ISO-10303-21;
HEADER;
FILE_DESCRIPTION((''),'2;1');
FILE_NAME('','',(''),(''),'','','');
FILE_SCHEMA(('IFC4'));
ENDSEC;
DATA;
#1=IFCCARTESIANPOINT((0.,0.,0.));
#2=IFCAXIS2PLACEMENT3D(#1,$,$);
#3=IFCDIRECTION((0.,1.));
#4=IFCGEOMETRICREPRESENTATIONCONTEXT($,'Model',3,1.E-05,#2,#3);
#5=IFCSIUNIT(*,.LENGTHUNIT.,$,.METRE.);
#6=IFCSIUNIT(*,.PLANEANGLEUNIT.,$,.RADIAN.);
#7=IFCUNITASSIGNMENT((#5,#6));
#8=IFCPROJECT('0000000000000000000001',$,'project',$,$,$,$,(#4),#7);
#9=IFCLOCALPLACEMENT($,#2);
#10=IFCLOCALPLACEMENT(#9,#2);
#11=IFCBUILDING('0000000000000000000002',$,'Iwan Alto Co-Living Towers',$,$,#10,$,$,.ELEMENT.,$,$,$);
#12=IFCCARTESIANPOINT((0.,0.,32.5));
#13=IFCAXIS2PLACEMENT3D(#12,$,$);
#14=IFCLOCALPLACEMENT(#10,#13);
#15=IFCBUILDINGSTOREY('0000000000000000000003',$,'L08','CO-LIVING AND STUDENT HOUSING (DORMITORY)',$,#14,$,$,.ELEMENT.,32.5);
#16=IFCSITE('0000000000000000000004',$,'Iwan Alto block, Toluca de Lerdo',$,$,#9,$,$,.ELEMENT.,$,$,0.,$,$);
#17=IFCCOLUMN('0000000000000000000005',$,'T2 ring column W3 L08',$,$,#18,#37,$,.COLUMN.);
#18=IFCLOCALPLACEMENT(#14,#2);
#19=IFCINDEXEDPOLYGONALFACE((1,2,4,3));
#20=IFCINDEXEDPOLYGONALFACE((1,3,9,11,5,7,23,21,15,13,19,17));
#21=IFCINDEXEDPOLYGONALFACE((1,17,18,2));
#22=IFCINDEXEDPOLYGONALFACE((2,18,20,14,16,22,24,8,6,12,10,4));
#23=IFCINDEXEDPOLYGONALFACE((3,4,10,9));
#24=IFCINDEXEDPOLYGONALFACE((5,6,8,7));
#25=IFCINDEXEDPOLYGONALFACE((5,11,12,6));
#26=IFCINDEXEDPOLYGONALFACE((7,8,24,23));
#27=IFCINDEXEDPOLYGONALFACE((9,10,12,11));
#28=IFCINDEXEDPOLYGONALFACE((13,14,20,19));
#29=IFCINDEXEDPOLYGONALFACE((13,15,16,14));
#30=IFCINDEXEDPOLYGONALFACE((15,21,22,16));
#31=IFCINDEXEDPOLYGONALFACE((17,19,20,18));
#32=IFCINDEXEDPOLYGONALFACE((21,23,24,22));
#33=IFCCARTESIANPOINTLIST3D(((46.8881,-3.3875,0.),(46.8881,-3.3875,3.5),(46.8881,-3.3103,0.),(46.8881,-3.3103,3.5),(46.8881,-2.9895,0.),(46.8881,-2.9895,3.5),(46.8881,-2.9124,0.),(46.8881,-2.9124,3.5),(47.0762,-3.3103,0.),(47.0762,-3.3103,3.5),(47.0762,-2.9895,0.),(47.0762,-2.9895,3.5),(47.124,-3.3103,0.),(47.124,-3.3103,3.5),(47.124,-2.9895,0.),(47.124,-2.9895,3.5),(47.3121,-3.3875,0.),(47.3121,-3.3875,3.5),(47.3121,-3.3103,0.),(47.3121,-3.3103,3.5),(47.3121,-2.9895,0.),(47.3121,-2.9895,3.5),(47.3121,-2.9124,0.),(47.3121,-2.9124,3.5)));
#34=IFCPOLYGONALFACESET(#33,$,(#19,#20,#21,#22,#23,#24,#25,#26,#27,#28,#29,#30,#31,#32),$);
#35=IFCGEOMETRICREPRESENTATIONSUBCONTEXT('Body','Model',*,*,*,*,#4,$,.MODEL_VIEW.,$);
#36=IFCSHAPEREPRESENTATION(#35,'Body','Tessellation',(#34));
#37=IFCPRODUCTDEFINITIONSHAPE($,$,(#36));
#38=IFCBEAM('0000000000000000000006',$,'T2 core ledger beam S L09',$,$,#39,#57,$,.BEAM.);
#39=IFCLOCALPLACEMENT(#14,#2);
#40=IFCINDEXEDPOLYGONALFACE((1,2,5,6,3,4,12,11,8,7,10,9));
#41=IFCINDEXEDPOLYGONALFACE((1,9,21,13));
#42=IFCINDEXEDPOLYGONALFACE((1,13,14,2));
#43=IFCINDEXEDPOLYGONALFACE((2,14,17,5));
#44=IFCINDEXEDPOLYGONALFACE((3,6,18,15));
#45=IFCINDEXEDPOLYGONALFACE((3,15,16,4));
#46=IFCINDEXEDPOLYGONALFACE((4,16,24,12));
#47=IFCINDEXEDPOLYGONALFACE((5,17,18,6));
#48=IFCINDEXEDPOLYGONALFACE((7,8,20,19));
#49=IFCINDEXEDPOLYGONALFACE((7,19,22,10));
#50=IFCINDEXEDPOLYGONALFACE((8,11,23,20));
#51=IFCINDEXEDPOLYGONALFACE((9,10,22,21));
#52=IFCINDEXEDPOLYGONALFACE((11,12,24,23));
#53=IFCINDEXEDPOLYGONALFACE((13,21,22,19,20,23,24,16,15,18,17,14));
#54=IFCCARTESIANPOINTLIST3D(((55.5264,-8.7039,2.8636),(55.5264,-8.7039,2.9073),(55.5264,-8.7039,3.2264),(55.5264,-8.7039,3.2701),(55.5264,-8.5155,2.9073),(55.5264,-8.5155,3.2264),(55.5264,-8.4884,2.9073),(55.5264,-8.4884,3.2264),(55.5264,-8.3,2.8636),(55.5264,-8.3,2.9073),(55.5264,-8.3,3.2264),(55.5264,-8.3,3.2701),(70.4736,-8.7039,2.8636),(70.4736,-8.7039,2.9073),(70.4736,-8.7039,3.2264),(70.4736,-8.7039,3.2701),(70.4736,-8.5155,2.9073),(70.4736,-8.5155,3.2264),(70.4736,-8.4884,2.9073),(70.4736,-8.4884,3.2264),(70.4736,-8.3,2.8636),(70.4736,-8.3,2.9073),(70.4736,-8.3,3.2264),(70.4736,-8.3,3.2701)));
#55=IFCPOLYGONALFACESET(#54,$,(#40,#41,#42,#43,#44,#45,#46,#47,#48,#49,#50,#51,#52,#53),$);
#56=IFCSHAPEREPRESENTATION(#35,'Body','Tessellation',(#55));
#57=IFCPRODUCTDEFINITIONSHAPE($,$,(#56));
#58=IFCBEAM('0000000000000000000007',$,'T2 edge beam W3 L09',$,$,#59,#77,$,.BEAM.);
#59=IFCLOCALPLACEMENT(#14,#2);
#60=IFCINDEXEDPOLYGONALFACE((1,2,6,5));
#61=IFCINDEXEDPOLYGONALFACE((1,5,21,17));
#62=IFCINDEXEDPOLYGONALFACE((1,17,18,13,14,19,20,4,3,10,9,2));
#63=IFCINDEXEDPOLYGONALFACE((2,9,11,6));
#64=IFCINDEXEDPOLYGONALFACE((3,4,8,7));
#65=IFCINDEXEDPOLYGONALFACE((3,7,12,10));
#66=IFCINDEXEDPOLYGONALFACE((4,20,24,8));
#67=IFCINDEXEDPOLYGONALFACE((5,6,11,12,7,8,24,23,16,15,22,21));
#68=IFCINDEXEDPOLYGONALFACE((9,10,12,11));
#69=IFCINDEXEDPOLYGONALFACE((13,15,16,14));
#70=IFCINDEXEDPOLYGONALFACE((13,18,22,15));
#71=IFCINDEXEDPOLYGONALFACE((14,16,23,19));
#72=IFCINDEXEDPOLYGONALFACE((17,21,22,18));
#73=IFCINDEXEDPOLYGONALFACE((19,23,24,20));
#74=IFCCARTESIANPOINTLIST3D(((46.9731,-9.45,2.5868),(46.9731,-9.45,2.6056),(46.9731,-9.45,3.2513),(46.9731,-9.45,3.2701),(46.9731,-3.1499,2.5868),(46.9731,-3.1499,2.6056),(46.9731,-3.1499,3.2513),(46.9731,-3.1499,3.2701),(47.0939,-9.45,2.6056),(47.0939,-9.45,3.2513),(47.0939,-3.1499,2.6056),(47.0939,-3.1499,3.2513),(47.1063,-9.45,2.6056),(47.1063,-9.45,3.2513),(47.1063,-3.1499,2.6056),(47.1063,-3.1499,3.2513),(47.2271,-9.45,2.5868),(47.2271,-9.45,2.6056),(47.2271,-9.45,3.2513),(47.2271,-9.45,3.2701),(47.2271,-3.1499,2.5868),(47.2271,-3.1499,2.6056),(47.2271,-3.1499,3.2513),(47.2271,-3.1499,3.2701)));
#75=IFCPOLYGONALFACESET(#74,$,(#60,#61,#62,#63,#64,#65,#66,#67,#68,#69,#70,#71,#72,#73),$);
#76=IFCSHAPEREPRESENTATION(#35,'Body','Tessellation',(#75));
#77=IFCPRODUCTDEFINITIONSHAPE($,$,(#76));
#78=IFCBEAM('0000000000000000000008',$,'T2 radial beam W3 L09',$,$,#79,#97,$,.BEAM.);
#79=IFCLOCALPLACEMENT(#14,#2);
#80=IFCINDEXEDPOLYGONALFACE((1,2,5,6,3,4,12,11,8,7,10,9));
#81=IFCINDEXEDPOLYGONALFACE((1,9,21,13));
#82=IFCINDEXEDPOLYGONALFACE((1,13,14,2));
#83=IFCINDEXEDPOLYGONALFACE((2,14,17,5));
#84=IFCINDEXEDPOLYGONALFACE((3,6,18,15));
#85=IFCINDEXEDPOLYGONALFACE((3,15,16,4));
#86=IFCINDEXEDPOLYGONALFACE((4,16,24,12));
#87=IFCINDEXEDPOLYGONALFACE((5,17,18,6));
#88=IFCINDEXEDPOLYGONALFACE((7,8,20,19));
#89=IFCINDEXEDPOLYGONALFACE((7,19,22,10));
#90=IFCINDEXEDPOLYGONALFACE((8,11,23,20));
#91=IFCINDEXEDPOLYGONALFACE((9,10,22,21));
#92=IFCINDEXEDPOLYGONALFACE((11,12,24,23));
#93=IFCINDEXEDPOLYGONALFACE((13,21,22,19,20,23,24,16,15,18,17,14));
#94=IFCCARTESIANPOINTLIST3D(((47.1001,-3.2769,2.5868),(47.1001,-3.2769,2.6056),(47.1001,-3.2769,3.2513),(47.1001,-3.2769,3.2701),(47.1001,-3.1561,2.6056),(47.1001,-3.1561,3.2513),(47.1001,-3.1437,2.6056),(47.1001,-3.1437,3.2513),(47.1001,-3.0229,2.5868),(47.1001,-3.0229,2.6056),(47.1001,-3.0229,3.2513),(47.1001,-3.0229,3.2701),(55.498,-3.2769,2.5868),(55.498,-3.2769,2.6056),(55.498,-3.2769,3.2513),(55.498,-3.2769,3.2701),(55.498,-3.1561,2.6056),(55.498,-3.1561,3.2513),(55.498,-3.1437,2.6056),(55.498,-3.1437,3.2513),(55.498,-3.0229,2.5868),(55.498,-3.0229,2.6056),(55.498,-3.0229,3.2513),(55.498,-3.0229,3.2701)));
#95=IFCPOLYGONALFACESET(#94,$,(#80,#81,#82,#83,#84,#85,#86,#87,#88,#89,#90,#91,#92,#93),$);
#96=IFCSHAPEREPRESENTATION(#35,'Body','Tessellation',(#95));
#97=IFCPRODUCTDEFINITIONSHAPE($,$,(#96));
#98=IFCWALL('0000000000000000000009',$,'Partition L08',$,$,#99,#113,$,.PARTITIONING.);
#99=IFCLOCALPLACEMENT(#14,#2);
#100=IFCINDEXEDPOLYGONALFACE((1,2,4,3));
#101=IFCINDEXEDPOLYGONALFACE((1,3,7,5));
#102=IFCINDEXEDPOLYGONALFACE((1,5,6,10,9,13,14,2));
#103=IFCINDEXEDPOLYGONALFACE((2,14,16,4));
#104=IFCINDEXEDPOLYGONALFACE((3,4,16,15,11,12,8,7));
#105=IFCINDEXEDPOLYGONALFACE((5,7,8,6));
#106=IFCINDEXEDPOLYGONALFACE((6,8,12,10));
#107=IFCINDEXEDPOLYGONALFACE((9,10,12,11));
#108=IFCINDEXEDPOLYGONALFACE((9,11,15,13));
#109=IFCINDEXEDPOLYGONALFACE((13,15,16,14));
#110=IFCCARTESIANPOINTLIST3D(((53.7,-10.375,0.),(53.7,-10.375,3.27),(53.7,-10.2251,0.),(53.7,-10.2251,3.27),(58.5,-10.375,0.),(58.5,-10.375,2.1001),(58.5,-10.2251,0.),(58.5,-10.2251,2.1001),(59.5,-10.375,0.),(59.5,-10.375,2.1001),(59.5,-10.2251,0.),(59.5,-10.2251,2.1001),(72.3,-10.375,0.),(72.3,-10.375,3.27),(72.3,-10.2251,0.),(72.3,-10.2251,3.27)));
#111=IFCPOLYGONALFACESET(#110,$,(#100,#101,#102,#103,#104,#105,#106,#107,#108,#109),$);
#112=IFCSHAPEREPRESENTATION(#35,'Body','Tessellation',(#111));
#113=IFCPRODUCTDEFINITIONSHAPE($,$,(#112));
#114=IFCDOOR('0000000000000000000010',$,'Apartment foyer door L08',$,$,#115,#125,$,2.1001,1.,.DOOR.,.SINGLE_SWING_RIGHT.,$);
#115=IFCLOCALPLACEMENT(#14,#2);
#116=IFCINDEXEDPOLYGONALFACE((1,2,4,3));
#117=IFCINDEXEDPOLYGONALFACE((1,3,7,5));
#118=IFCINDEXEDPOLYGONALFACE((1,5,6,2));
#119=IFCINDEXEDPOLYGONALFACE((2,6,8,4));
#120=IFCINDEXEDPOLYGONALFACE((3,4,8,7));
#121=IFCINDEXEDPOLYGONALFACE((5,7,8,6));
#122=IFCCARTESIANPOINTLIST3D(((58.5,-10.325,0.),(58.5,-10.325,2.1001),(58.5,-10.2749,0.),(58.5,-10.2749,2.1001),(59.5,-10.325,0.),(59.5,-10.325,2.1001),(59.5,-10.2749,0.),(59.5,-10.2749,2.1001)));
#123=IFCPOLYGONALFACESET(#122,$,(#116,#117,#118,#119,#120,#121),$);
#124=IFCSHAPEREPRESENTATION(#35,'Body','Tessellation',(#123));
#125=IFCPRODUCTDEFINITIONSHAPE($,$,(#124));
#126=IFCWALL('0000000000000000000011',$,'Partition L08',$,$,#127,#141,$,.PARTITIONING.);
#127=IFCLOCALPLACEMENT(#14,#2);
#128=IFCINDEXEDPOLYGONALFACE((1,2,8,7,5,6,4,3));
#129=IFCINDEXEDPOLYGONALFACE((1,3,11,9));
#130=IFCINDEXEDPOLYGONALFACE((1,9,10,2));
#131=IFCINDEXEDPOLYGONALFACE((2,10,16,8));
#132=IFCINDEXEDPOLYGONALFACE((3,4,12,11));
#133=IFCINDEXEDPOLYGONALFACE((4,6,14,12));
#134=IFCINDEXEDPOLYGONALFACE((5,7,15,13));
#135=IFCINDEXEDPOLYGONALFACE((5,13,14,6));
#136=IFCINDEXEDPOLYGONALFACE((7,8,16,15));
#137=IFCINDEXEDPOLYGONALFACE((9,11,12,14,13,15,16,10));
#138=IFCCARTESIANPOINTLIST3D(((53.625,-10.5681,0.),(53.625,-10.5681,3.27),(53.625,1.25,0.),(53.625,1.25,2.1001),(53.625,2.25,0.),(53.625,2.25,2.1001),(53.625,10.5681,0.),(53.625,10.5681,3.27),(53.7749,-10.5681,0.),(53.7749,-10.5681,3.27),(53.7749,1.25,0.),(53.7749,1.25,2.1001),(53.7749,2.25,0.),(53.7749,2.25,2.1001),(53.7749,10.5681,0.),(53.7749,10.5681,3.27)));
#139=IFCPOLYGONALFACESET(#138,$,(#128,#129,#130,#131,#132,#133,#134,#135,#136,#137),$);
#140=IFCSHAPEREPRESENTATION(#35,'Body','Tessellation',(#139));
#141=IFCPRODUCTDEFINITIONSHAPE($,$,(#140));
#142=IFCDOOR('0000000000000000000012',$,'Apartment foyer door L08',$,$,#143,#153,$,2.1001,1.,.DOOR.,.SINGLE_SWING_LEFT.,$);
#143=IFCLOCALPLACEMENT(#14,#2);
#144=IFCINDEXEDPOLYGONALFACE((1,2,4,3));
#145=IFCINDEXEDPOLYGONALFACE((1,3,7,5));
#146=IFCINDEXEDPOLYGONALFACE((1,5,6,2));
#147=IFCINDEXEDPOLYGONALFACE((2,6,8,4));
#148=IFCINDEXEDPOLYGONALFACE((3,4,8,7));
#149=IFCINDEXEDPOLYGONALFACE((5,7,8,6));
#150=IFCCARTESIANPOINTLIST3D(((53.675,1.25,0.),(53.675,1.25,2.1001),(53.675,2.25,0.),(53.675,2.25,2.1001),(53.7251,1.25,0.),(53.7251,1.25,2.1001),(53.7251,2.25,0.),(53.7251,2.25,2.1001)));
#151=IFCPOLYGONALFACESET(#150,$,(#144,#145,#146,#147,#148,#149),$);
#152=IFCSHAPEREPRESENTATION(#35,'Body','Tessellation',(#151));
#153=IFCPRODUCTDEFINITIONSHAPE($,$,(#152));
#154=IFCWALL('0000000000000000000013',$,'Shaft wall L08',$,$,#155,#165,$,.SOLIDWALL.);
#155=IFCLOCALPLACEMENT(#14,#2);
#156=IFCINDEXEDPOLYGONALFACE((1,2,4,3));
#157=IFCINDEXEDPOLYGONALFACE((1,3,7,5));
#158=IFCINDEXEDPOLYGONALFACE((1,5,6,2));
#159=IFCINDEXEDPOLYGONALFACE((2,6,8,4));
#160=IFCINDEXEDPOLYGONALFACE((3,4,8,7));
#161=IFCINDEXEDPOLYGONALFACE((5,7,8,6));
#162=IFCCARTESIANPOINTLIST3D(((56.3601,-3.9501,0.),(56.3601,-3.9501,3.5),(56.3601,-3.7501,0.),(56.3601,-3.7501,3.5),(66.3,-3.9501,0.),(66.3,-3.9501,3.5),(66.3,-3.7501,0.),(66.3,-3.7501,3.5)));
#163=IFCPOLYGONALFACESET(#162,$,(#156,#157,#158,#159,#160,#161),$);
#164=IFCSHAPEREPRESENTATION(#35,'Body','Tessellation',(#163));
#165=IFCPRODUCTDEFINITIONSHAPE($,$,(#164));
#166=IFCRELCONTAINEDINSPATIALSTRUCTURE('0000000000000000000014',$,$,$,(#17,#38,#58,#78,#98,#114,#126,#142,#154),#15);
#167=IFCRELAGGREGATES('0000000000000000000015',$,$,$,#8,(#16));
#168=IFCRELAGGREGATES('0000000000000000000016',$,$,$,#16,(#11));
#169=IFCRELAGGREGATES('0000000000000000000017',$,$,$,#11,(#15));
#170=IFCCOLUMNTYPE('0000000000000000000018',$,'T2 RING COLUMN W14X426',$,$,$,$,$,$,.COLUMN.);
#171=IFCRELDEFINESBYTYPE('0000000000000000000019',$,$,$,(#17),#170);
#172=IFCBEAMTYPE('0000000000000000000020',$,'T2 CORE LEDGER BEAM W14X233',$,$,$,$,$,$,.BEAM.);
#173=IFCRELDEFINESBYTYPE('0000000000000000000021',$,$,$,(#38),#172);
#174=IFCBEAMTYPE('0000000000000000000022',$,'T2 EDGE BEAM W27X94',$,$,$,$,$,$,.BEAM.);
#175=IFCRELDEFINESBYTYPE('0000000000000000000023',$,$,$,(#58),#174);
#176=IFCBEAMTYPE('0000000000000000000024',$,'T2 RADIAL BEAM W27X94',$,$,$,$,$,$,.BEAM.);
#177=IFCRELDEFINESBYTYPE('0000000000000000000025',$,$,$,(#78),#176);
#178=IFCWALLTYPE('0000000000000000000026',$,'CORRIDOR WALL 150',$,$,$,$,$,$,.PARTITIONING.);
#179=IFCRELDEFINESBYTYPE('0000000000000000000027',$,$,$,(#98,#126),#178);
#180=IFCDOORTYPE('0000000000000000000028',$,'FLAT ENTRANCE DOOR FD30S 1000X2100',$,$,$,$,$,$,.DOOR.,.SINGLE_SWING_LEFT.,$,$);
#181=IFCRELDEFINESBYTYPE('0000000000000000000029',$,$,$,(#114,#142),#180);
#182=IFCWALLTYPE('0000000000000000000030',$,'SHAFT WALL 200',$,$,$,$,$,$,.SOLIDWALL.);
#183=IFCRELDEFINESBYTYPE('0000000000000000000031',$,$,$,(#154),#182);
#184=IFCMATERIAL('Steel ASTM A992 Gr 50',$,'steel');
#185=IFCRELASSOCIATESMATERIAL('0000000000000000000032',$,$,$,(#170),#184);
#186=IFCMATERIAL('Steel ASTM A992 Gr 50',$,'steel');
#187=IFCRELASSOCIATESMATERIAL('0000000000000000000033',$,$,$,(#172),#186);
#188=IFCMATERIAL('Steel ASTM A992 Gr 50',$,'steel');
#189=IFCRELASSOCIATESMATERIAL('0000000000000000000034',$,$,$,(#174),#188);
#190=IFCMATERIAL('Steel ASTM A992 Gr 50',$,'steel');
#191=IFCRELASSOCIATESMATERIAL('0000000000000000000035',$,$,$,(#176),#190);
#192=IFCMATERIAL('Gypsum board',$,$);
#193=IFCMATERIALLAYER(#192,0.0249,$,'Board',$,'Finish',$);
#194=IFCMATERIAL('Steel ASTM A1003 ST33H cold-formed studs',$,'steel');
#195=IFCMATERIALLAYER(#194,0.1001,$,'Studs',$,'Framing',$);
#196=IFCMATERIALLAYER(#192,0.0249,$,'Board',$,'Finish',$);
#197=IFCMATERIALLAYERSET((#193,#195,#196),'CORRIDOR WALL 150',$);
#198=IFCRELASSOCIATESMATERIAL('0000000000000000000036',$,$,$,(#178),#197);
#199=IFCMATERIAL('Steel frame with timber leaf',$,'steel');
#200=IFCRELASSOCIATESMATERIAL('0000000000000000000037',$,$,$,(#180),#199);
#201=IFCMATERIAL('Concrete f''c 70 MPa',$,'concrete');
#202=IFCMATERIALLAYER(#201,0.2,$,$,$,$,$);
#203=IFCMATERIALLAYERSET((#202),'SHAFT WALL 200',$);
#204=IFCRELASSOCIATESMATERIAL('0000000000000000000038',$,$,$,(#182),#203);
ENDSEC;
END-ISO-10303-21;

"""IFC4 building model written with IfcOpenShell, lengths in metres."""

from ifc_helpers import new_model, si_unit, direction, frame, frame_2d, origin, origin_2d, place, context, subcontext, project, spatial, rectangle, i_section, extrude, material, layer, layer_set, material_profile, profile_set, type_object, element, fill, save


model = new_model("IFC4")

# Units and contexts
model_context = context("Model", 3, precision=1e-05, world=origin(), true_north=direction((0.0, 1.0)))
body_context = subcontext(model_context, "Body", "Model", "MODEL_VIEW")
ifc_project = project(units=[si_unit("LENGTHUNIT", "METRE"), si_unit("PLANEANGLEUNIT", "RADIAN")], contexts=[model_context])

# Site, building, storey
site_placement = place(None, origin())
site = spatial("IfcSite", under=ifc_project, at=site_placement, Name="Iwan Alto block, Toluca de Lerdo", CompositionType="ELEMENT", RefElevation=0.0)
building_placement = place(site_placement, origin())
building = spatial("IfcBuilding", under=site, at=building_placement, Name="Iwan Alto Co-Living Towers", CompositionType="ELEMENT")
storey_placement = place(building_placement, frame((0.0, 0.0, 32.5)))
storey = spatial("IfcBuildingStorey", under=building, at=storey_placement, Name="L08", Description="CO-LIVING AND STUDENT HOUSING (DORMITORY)", CompositionType="ELEMENT", Elevation=32.5)

# Column
ifc_material_1 = material(Name="Steel ASTM A992 Gr 50", Category="steel")
ifc_material_profile_1 = material_profile(ifc_material_1, i_section(OverallWidth=0.4241, OverallDepth=0.4751, WebThickness=0.0479, FlangeThickness=0.0771, at=origin_2d()), Name="W14X426")
ifc_profile_set_1 = profile_set([ifc_material_profile_1], Name="Steel ASTM A992 Gr 50")
column_type = type_object("IfcColumnType", Name="T2 RING COLUMN W14X426", PredefinedType="COLUMN", material=ifc_profile_set_1)
column_placement = place(storey_placement, frame((47.1001, -3.1499, 0.0), z_axis=(0.0, 0.0, 1.0), x_axis=(1.0, 0.0, 0.0)))
element("IfcColumn", 1, at=column_placement, inside=storey, type_object=column_type, Name="T2 ring column W3 L08", PredefinedType="COLUMN", context=body_context, shape_type="SweptSolid", body=[
    extrude(i_section(OverallWidth=0.4241, OverallDepth=0.4751, WebThickness=0.0479, FlangeThickness=0.0771, at=origin_2d()), origin(), (0.0, 0.0, 1.0), 3.5),
])

# Beams
ifc_material_2 = material(Name="Steel ASTM A992 Gr 50", Category="steel")
ifc_material_profile_2 = material_profile(ifc_material_2, i_section(OverallWidth=0.4038, OverallDepth=0.4065, WebThickness=0.0271, FlangeThickness=0.0437, at=origin_2d()), Name="W14X233")
ifc_profile_set_2 = profile_set([ifc_material_profile_2], Name="Steel ASTM A992 Gr 50")
beam_type_1 = type_object("IfcBeamType", Name="T2 CORE LEDGER BEAM W14X233", PredefinedType="BEAM", material=ifc_profile_set_2)
beam_1_placement = place(storey_placement, frame((55.5264, -8.502, 3.0669), z_axis=(1.0, 0.0, 0.0), x_axis=(0.0, 1.0, 0.0)))
element("IfcBeam", 2, at=beam_1_placement, inside=storey, type_object=beam_type_1, Name="T2 core ledger beam S L09", PredefinedType="BEAM", context=body_context, shape_type="SweptSolid", body=[
    extrude(i_section(OverallWidth=0.4038, OverallDepth=0.4065, WebThickness=0.0271, FlangeThickness=0.0437, at=origin_2d()), origin(), (0.0, 0.0, 1.0), 14.9473),
])
ifc_material_3 = material(Name="Steel ASTM A992 Gr 50", Category="steel")
ifc_material_profile_3 = material_profile(ifc_material_3, i_section(OverallWidth=0.2539, OverallDepth=0.6833, WebThickness=0.0125, FlangeThickness=0.0188, at=origin_2d()), Name="W27X94")
ifc_profile_set_3 = profile_set([ifc_material_profile_3], Name="Steel ASTM A992 Gr 50")
beam_type_2 = type_object("IfcBeamType", Name="T2 EDGE BEAM W27X94", PredefinedType="BEAM", material=ifc_profile_set_3)
beam_2_placement = place(storey_placement, frame((47.1001, -3.1499, 2.9285), z_axis=(0.0, -1.0, 0.0), x_axis=(1.0, 0.0, 0.0)))
element("IfcBeam", 3, at=beam_2_placement, inside=storey, type_object=beam_type_2, Name="T2 edge beam W3 L09", PredefinedType="BEAM", context=body_context, shape_type="SweptSolid", body=[
    extrude(i_section(OverallWidth=0.2539, OverallDepth=0.6833, WebThickness=0.0125, FlangeThickness=0.0188, at=origin_2d()), origin(), (0.0, 0.0, 1.0), 6.3),
])
ifc_material_4 = material(Name="Steel ASTM A992 Gr 50", Category="steel")
ifc_material_profile_4 = material_profile(ifc_material_4, i_section(OverallWidth=0.2539, OverallDepth=0.6833, WebThickness=0.0125, FlangeThickness=0.0188, at=origin_2d()), Name="W27X94")
ifc_profile_set_4 = profile_set([ifc_material_profile_4], Name="Steel ASTM A992 Gr 50")
beam_type_3 = type_object("IfcBeamType", Name="T2 RADIAL BEAM W27X94", PredefinedType="BEAM", material=ifc_profile_set_4)
beam_3_placement = place(storey_placement, frame((47.1001, -3.1499, 2.9285), z_axis=(1.0, 0.0, 0.0), x_axis=(0.0, 1.0, 0.0)))
element("IfcBeam", 4, at=beam_3_placement, inside=storey, type_object=beam_type_3, Name="T2 radial beam W3 L09", PredefinedType="BEAM", context=body_context, shape_type="SweptSolid", body=[
    extrude(i_section(OverallWidth=0.2539, OverallDepth=0.6833, WebThickness=0.0125, FlangeThickness=0.0188, at=origin_2d()), origin(), (0.0, 0.0, 1.0), 8.3979),
])

# Walls, openings, doors
ifc_material_5 = material(Name="Gypsum board")
ifc_layer_1 = layer(ifc_material_5, 0.0249, Name="Board", Category="Finish")
ifc_material_6 = material(Name="Steel ASTM A1003 ST33H cold-formed studs", Category="steel")
ifc_layer_2 = layer(ifc_material_6, 0.1001, Name="Studs", Category="Framing")
ifc_layer_3 = layer(ifc_material_5, 0.0249, Name="Board", Category="Finish")
ifc_layer_set_1 = layer_set([ifc_layer_1, ifc_layer_2, ifc_layer_3], Name="CORRIDOR WALL 150")
wall_type_1 = type_object("IfcWallType", Name="CORRIDOR WALL 150", PredefinedType="PARTITIONING", material=ifc_layer_set_1)
wall_1_placement = place(storey_placement, frame((53.7, -10.3, 0.0), z_axis=(0.0, 0.0, 1.0), x_axis=(1.0, 0.0, 0.0)))
wall_1 = element("IfcWall", 5, at=wall_1_placement, inside=storey, type_object=wall_type_1, Name="Partition L08", PredefinedType="PARTITIONING", context=body_context, shape_type="SweptSolid", body=[
    extrude(rectangle(XDim=18.6001, YDim=0.1499, at=frame_2d((9.3, 0.0))), origin(), (0.0, 0.0, 1.0), 3.27),
])
opening_1_placement = place(wall_1_placement, frame((4.8, 0.0, 0.0)))
opening_1 = element("IfcOpeningElement", 6, at=opening_1_placement, cuts=wall_1, PredefinedType="OPENING", context=body_context, shape_type="SweptSolid", body=[
    extrude(rectangle(XDim=1.0, YDim=2.1001, at=frame_2d((0.5, 1.05))), frame((0.0, 0.085, 0.0), z_axis=(0.0, -1.0, 0.0), x_axis=(1.0, 0.0, 0.0)), (0.0, 0.0, 1.0), 0.1699),
])
ifc_material_7 = material(Name="Steel frame with timber leaf", Category="steel")
door_type_1 = type_object("IfcDoorType", Name="FLAT ENTRANCE DOOR FD30S 1000X2100", OperationType="SINGLE_SWING_LEFT", PredefinedType="DOOR", material=ifc_material_7)
door_1_placement = place(opening_1_placement, frame((1.0, 0.0, 0.0), z_axis=(0.0, 0.0, 1.0), x_axis=(-1.0, 0.0, 0.0)))
door_1 = element("IfcDoor", 7, at=door_1_placement, inside=storey, type_object=door_type_1, Name="Apartment foyer door L08", OperationType="SINGLE_SWING_RIGHT", OverallHeight=2.1001, OverallWidth=1.0, PredefinedType="DOOR", context=body_context, shape_type="SweptSolid", body=[
    extrude(rectangle(XDim=1.0, YDim=2.1001, at=frame_2d((0.5, 1.05))), frame((0.0, 0.0249, 0.0), z_axis=(0.0, -1.0, 0.0), x_axis=(1.0, 0.0, 0.0)), (0.0, 0.0, 1.0), 0.05),
])
fill(opening_1, door_1)
wall_2_placement = place(storey_placement, frame((53.7, -10.5681, 0.0), z_axis=(0.0, 0.0, 1.0), x_axis=(0.0, 1.0, 0.0)))
wall_2 = element("IfcWall", 8, at=wall_2_placement, inside=storey, type_object=wall_type_1, Name="Partition L08", PredefinedType="PARTITIONING", context=body_context, shape_type="SweptSolid", body=[
    extrude(rectangle(XDim=21.1362, YDim=0.1499, at=frame_2d((10.5681, 0.0))), origin(), (0.0, 0.0, 1.0), 3.27),
])
opening_2_placement = place(wall_2_placement, frame((11.8181, 0.0, 0.0)))
opening_2 = element("IfcOpeningElement", 9, at=opening_2_placement, cuts=wall_2, PredefinedType="OPENING", context=body_context, shape_type="SweptSolid", body=[
    extrude(rectangle(XDim=1.0, YDim=2.1001, at=frame_2d((0.5, 1.05))), frame((0.0, 0.085, 0.0), z_axis=(0.0, -1.0, 0.0), x_axis=(1.0, 0.0, 0.0)), (0.0, 0.0, 1.0), 0.1699),
])
door_2_placement = place(opening_2_placement, origin())
door_2 = element("IfcDoor", 10, at=door_2_placement, inside=storey, type_object=door_type_1, Name="Apartment foyer door L08", OperationType="SINGLE_SWING_LEFT", OverallHeight=2.1001, OverallWidth=1.0, PredefinedType="DOOR", context=body_context, shape_type="SweptSolid", body=[
    extrude(rectangle(XDim=1.0, YDim=2.1001, at=frame_2d((0.5, 1.05))), frame((0.0, 0.0249, 0.0), z_axis=(0.0, -1.0, 0.0), x_axis=(1.0, 0.0, 0.0)), (0.0, 0.0, 1.0), 0.05),
])
fill(opening_2, door_2)

# Wall
ifc_material_8 = material(Name="Concrete f'c 70 MPa", Category="concrete")
ifc_layer_4 = layer(ifc_material_8, 0.2)
ifc_layer_set_2 = layer_set([ifc_layer_4], Name="SHAFT WALL 200")
wall_type_2 = type_object("IfcWallType", Name="SHAFT WALL 200", PredefinedType="SOLIDWALL", material=ifc_layer_set_2)
wall_3_placement = place(storey_placement, frame((56.3601, -3.8501, 0.0), z_axis=(0.0, 0.0, 1.0), x_axis=(1.0, 0.0, 0.0)))
element("IfcWall", 11, at=wall_3_placement, inside=storey, type_object=wall_type_2, Name="Shaft wall L08", PredefinedType="SOLIDWALL", context=body_context, shape_type="SweptSolid", body=[
    extrude(rectangle(XDim=9.9399, YDim=0.2, at=frame_2d((4.97, 0.0))), origin(), (0.0, 0.0, 1.0), 3.5),
])

save(model, "model.ifc")
